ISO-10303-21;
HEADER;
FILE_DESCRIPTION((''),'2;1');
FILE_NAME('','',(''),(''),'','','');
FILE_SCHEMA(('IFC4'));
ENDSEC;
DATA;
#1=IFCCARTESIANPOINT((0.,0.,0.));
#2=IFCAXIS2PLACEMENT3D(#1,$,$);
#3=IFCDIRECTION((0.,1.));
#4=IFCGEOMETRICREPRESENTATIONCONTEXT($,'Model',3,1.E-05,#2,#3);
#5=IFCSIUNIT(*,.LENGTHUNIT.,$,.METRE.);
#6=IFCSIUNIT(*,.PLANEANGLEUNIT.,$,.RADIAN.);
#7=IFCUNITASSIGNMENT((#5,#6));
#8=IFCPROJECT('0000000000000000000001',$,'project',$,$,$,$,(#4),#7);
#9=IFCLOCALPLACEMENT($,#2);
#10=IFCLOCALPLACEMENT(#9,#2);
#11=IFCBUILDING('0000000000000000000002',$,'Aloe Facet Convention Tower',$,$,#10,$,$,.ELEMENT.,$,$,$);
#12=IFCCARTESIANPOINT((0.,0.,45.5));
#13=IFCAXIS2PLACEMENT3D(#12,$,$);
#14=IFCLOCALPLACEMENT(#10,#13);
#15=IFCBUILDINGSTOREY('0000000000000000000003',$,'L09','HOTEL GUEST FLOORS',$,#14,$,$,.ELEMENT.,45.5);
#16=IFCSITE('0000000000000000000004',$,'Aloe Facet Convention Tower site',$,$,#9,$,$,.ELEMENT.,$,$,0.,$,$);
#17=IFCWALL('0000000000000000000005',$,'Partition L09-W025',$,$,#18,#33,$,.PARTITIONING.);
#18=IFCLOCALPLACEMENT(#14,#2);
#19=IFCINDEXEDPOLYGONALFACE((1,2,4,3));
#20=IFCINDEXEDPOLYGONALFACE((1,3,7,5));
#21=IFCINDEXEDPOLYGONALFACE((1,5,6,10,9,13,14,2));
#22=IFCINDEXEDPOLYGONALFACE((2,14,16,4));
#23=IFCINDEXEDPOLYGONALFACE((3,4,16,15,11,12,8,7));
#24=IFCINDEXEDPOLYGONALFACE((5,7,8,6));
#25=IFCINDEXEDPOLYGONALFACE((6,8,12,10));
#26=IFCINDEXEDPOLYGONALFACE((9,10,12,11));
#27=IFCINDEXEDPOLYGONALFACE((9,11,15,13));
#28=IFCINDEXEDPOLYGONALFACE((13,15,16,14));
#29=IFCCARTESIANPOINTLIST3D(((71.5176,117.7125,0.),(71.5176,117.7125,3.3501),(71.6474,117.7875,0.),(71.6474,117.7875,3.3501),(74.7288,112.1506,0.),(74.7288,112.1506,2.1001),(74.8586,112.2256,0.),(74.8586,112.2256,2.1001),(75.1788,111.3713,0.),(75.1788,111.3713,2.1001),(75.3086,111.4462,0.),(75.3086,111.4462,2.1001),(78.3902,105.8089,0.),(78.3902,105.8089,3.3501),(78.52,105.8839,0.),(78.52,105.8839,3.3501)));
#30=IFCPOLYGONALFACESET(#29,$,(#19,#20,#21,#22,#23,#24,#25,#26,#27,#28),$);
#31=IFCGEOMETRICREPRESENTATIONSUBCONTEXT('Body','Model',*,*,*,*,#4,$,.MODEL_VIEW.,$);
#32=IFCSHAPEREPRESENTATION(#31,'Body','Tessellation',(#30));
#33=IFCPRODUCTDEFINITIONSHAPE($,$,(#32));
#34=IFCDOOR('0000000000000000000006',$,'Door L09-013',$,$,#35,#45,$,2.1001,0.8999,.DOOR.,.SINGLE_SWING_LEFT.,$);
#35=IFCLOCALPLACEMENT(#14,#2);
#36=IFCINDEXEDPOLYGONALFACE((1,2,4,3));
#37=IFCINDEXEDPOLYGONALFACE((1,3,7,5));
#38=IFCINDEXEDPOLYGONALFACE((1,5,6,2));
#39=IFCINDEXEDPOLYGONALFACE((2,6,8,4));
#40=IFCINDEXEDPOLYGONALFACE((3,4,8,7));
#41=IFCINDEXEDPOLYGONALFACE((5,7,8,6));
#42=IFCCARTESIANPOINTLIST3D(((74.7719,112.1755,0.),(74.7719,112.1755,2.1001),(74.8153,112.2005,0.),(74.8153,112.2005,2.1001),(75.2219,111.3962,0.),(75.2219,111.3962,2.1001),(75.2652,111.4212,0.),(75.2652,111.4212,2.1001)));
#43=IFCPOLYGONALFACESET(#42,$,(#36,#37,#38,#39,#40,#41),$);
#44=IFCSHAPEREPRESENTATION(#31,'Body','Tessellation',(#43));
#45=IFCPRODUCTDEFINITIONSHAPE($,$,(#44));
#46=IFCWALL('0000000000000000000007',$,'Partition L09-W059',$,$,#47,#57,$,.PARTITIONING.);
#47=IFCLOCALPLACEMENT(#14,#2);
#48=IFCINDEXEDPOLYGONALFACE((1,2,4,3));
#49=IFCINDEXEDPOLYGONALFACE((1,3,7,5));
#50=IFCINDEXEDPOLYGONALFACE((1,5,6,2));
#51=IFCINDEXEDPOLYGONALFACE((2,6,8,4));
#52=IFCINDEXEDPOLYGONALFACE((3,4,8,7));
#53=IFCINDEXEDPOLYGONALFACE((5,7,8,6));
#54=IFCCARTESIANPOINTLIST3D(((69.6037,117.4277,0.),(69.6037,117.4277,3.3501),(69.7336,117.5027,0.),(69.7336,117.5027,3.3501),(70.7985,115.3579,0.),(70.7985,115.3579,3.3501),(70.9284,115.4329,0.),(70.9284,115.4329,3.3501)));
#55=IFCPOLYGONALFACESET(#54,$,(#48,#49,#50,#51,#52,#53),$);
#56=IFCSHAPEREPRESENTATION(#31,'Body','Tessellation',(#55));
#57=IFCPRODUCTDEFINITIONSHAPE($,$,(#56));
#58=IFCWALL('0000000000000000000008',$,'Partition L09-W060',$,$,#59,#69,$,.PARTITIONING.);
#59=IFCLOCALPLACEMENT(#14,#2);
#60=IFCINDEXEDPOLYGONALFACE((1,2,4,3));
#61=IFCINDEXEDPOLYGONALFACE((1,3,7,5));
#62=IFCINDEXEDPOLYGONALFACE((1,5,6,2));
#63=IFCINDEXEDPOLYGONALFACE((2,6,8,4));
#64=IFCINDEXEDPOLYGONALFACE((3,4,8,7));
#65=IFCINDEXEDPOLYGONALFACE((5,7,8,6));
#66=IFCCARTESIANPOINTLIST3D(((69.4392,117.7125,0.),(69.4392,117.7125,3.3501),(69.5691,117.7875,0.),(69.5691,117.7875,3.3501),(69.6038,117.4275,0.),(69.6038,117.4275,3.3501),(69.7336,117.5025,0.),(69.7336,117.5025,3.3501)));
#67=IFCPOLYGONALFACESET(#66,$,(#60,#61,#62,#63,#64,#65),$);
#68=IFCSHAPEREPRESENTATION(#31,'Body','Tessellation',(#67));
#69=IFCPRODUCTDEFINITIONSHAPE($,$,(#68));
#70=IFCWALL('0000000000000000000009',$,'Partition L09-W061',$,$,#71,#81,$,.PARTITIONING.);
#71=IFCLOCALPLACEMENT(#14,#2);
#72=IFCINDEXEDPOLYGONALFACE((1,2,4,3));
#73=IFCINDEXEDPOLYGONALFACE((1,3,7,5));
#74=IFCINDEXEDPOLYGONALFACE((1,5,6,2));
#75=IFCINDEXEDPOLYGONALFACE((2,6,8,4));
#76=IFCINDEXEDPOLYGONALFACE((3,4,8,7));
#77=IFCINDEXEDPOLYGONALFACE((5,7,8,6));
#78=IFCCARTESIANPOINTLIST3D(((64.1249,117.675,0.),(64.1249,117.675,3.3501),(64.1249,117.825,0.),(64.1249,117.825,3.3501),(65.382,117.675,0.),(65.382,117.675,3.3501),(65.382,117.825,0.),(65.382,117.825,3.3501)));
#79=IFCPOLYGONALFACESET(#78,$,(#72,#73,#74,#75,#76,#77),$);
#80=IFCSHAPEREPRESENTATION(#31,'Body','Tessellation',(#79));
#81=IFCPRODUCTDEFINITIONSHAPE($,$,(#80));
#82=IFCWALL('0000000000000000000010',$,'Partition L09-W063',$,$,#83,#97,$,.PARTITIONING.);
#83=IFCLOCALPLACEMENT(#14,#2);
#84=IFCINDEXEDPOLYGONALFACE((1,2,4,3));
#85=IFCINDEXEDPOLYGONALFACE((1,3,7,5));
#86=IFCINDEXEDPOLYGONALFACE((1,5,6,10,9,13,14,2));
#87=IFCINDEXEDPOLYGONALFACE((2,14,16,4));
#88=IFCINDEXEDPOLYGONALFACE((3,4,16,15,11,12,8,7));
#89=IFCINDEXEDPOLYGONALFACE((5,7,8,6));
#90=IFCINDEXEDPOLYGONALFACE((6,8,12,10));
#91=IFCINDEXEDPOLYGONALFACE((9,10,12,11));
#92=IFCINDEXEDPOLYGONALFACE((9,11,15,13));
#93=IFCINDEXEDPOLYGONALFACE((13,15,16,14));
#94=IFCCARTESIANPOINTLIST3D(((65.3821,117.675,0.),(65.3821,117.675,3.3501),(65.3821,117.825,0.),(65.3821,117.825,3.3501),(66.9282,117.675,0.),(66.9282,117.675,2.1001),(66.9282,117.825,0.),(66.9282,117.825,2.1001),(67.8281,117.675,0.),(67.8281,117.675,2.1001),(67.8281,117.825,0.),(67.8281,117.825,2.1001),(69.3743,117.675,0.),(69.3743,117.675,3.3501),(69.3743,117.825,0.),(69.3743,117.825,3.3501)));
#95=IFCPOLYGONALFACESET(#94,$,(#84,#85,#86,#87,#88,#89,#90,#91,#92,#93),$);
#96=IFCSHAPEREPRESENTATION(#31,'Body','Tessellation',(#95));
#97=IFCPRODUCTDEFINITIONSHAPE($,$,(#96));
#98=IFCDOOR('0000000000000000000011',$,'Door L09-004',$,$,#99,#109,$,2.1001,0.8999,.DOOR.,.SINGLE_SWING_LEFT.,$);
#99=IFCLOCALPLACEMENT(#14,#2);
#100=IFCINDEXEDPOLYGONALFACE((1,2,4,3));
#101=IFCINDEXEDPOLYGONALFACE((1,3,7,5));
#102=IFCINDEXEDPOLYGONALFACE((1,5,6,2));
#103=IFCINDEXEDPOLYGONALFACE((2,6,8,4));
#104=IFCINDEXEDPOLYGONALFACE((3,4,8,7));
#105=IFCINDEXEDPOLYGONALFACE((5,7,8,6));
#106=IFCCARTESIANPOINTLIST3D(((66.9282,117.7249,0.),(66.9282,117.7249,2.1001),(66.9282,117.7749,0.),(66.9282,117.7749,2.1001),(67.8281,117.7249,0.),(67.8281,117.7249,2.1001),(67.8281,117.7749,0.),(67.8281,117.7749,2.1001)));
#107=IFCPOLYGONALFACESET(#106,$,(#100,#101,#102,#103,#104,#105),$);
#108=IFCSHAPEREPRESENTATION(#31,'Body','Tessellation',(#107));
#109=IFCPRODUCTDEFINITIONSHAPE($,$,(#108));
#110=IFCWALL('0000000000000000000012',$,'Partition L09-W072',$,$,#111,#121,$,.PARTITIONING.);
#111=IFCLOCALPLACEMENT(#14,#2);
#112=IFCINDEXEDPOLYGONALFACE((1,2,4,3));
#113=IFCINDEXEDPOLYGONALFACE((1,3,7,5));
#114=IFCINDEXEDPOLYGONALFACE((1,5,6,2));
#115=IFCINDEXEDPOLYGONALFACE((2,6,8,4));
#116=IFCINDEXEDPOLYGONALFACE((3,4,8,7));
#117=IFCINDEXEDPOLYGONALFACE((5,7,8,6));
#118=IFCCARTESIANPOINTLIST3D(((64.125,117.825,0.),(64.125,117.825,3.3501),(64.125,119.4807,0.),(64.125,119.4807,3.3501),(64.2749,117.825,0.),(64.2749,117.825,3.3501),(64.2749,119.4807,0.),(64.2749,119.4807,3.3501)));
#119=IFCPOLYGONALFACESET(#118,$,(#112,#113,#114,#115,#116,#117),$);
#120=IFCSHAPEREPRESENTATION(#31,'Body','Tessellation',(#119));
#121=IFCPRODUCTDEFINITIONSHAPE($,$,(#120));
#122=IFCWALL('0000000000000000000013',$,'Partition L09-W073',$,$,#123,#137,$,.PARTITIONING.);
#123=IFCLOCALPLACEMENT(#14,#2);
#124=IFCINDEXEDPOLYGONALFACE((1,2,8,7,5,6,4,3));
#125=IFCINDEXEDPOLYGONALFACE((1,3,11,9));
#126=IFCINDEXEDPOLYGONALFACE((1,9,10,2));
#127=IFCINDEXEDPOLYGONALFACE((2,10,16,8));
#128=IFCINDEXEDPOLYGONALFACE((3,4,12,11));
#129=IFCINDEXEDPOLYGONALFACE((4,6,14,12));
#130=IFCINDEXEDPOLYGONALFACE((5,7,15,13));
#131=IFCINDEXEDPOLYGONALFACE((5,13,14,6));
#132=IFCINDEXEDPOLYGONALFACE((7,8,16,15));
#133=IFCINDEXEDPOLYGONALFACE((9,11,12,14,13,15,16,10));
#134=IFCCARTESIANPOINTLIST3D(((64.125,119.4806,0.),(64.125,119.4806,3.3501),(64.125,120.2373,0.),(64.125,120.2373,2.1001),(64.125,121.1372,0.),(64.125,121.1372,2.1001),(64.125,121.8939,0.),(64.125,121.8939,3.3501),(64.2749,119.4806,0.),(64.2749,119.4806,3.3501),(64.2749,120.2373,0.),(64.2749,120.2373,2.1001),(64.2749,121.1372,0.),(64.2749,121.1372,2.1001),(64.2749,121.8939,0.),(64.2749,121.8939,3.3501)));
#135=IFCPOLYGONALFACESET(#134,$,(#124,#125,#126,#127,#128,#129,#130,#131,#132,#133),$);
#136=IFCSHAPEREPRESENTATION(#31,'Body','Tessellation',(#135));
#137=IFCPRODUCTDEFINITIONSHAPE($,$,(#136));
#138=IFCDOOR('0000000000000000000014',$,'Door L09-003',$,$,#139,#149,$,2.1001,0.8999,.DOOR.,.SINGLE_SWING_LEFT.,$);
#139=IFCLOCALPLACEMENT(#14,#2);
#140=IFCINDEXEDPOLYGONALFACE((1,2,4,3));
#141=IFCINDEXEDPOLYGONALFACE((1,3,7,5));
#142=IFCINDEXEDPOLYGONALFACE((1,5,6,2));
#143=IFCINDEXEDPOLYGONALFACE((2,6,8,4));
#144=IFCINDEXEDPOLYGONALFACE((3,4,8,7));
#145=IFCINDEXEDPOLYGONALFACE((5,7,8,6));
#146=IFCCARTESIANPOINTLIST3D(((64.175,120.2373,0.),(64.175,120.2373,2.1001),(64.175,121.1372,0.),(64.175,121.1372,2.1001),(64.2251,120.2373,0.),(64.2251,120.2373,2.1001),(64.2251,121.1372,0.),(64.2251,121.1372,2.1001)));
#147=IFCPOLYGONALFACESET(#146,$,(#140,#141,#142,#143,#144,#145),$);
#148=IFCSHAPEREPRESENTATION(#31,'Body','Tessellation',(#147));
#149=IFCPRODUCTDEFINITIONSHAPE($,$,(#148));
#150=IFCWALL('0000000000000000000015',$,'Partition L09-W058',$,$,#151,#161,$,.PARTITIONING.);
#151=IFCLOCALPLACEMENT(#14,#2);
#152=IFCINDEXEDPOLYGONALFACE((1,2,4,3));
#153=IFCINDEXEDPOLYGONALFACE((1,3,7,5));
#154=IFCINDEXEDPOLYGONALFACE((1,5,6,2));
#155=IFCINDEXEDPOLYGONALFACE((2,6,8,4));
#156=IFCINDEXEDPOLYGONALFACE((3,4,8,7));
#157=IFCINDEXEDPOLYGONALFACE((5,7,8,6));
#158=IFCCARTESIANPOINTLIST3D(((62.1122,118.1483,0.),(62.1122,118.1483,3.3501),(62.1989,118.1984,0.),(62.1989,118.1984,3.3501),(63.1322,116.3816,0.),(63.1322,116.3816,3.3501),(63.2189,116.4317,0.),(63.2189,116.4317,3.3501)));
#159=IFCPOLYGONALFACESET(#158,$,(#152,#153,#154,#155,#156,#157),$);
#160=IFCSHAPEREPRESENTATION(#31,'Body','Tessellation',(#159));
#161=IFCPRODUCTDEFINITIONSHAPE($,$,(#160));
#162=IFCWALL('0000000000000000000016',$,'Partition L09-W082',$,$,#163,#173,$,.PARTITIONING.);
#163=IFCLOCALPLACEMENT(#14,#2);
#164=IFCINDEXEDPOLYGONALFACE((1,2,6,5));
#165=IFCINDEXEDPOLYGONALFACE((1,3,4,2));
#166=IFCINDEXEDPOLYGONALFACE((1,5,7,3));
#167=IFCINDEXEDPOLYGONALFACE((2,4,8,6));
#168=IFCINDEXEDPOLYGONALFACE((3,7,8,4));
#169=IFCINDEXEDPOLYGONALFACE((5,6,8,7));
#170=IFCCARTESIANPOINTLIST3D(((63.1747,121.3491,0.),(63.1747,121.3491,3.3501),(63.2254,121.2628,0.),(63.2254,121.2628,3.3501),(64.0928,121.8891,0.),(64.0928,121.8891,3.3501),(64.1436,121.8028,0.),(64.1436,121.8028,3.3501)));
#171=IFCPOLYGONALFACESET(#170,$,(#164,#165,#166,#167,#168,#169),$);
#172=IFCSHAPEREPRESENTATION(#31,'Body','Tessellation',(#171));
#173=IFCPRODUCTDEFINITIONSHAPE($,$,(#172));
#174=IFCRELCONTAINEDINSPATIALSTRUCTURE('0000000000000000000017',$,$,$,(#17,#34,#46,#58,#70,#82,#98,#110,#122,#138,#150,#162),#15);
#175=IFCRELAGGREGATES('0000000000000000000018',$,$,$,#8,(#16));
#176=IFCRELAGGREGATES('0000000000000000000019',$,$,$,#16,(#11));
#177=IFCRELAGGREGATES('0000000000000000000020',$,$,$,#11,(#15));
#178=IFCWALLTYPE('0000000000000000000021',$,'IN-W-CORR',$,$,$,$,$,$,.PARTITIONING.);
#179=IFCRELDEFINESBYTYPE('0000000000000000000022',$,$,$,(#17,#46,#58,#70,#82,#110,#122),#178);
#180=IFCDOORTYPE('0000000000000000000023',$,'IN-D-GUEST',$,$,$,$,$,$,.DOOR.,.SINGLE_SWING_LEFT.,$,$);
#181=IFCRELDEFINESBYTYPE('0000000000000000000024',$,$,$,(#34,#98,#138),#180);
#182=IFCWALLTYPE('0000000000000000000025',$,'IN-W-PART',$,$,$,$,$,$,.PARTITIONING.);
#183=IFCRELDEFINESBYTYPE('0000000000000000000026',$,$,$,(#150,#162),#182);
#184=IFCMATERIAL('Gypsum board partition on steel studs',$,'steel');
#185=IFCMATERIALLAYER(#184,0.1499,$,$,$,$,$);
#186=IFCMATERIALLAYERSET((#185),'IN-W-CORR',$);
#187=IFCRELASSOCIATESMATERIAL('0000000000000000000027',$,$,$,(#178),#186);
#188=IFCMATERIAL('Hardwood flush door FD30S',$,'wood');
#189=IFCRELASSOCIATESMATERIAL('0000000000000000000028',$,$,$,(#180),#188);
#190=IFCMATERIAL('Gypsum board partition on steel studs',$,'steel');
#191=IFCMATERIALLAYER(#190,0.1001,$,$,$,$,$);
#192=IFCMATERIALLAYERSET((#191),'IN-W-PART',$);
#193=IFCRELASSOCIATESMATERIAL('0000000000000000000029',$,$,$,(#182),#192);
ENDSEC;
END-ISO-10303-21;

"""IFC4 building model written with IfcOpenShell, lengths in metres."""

from ifc_helpers import new_model, si_unit, direction, frame, frame_2d, origin, place, context, subcontext, project, spatial, rectangle, extrude, material, layer, layer_set, type_object, element, fill, save


model = new_model("IFC4")

# Units and contexts
model_context = context("Model", 3, precision=1e-05, world=origin(), true_north=direction((0.0, 1.0)))
body_context = subcontext(model_context, "Body", "Model", "MODEL_VIEW")
ifc_project = project(units=[si_unit("LENGTHUNIT", "METRE"), si_unit("PLANEANGLEUNIT", "RADIAN")], contexts=[model_context])

# Site, building, storey
site_placement = place(None, origin())
site = spatial("IfcSite", under=ifc_project, at=site_placement, Name="Aloe Facet Convention Tower site", CompositionType="ELEMENT", RefElevation=0.0)
building_placement = place(site_placement, origin())
building = spatial("IfcBuilding", under=site, at=building_placement, Name="Aloe Facet Convention Tower", CompositionType="ELEMENT")
storey_placement = place(building_placement, frame((0.0, 0.0, 45.5)))
storey = spatial("IfcBuildingStorey", under=building, at=storey_placement, Name="L09", Description="HOTEL GUEST FLOORS", CompositionType="ELEMENT", Elevation=45.5)

# Wall, opening, door
ifc_material_1 = material(Name="Gypsum board partition on steel studs", Category="steel")
ifc_layer_1 = layer(ifc_material_1, 0.1499)
ifc_layer_set_1 = layer_set([ifc_layer_1], Name="IN-W-CORR")
wall_type_1 = type_object("IfcWallType", Name="IN-W-CORR", PredefinedType="PARTITIONING", material=ifc_layer_set_1)
wall_1_placement = place(storey_placement, frame((71.5825, 117.75, 0.0), z_axis=(0.0, 0.0, 1.0), x_axis=(0.500002, -0.866024, 0.0)))
wall_1 = element("IfcWall", 1, at=wall_1_placement, inside=storey, type_object=wall_type_1, Name="Partition L09-W025", PredefinedType="PARTITIONING", context=body_context, shape_type="SweptSolid", body=[
    extrude(rectangle(XDim=13.7451, YDim=0.1499, at=frame_2d((6.8726, 0.0))), origin(), (0.0, 0.0, 1.0), 3.3501),
])
opening_1_placement = place(wall_1_placement, frame((6.4224, 0.0, 0.0)))
opening_1 = element("IfcOpeningElement", 2, at=opening_1_placement, cuts=wall_1, PredefinedType="OPENING", context=body_context, shape_type="SweptSolid", body=[
    extrude(rectangle(XDim=0.8999, YDim=2.1001, at=frame_2d((0.45, 1.05))), frame((0.0, 0.085, 0.0), z_axis=(0.0, -1.0, 0.0), x_axis=(1.0, 0.0, 0.0)), (0.0, 0.0, 1.0), 0.1699),
])
ifc_material_2 = material(Name="Hardwood flush door FD30S", Category="wood")
door_type_1 = type_object("IfcDoorType", Name="IN-D-GUEST", OperationType="SINGLE_SWING_LEFT", PredefinedType="DOOR", material=ifc_material_2)
door_1_placement = place(opening_1_placement, origin())
door_1 = element("IfcDoor", 3, at=door_1_placement, inside=storey, type_object=door_type_1, Name="Door L09-013", OperationType="SINGLE_SWING_LEFT", OverallHeight=2.1001, OverallWidth=0.8999, PredefinedType="DOOR", context=body_context, shape_type="SweptSolid", body=[
    extrude(rectangle(XDim=0.8999, YDim=2.1001, at=frame_2d((0.45, 1.05))), frame((0.0, 0.0249, 0.0), z_axis=(0.0, -1.0, 0.0), x_axis=(1.0, 0.0, 0.0)), (0.0, 0.0, 1.0), 0.05),
])
fill(opening_1, door_1)

# Walls
wall_2_placement = place(storey_placement, frame((69.6687, 117.4651, 0.0), z_axis=(0.0, 0.0, 1.0), x_axis=(0.499941, -0.86606, 0.0)))
element("IfcWall", 4, at=wall_2_placement, inside=storey, type_object=wall_type_1, Name="Partition L09-W059", PredefinedType="PARTITIONING", context=body_context, shape_type="SweptSolid", body=[
    extrude(rectangle(XDim=2.3899, YDim=0.1499, at=frame_2d((1.1948, 0.0))), origin(), (0.0, 0.0, 1.0), 3.3501),
])
wall_3_placement = place(storey_placement, frame((69.5042, 117.75, 0.0), z_axis=(0.0, 0.0, 1.0), x_axis=(0.500129, -0.865951, 0.0)))
element("IfcWall", 5, at=wall_3_placement, inside=storey, type_object=wall_type_1, Name="Partition L09-W060", PredefinedType="PARTITIONING", context=body_context, shape_type="SweptSolid", body=[
    extrude(rectangle(XDim=0.3291, YDim=0.1499, at=frame_2d((0.1646, 0.0))), origin(), (0.0, 0.0, 1.0), 3.3501),
])
wall_4_placement = place(storey_placement, frame((64.125, 117.75, 0.0), z_axis=(0.0, 0.0, 1.0), x_axis=(1.0, 0.0, 0.0)))
element("IfcWall", 6, at=wall_4_placement, inside=storey, type_object=wall_type_1, Name="Partition L09-W061", PredefinedType="PARTITIONING", context=body_context, shape_type="SweptSolid", body=[
    extrude(rectangle(XDim=1.2571, YDim=0.1499, at=frame_2d((0.6284, 0.0))), origin(), (0.0, 0.0, 1.0), 3.3501),
])

# Wall, opening, door
wall_5_placement = place(storey_placement, frame((65.3821, 117.75, 0.0), z_axis=(0.0, 0.0, 1.0), x_axis=(1.0, 0.0, 0.0)))
wall_5 = element("IfcWall", 7, at=wall_5_placement, inside=storey, type_object=wall_type_1, Name="Partition L09-W063", PredefinedType="PARTITIONING", context=body_context, shape_type="SweptSolid", body=[
    extrude(rectangle(XDim=3.9922, YDim=0.1499, at=frame_2d((1.9961, 0.0))), origin(), (0.0, 0.0, 1.0), 3.3501),
])
opening_2_placement = place(wall_5_placement, frame((1.5461, 0.0, 0.0)))
opening_2 = element("IfcOpeningElement", 8, at=opening_2_placement, cuts=wall_5, PredefinedType="OPENING", context=body_context, shape_type="SweptSolid", body=[
    extrude(rectangle(XDim=0.8999, YDim=2.1001, at=frame_2d((0.45, 1.05))), frame((0.0, 0.085, 0.0), z_axis=(0.0, -1.0, 0.0), x_axis=(1.0, 0.0, 0.0)), (0.0, 0.0, 1.0), 0.1699),
])
door_2_placement = place(opening_2_placement, origin())
door_2 = element("IfcDoor", 9, at=door_2_placement, inside=storey, type_object=door_type_1, Name="Door L09-004", OperationType="SINGLE_SWING_LEFT", OverallHeight=2.1001, OverallWidth=0.8999, PredefinedType="DOOR", context=body_context, shape_type="SweptSolid", body=[
    extrude(rectangle(XDim=0.8999, YDim=2.1001, at=frame_2d((0.45, 1.05))), frame((0.0, 0.0249, 0.0), z_axis=(0.0, -1.0, 0.0), x_axis=(1.0, 0.0, 0.0)), (0.0, 0.0, 1.0), 0.05),
])
fill(opening_2, door_2)

# Wall
wall_6_placement = place(storey_placement, frame((64.2, 117.825, 0.0), z_axis=(0.0, 0.0, 1.0), x_axis=(0.0, 1.0, 0.0)))
element("IfcWall", 10, at=wall_6_placement, inside=storey, type_object=wall_type_1, Name="Partition L09-W072", PredefinedType="PARTITIONING", context=body_context, shape_type="SweptSolid", body=[
    extrude(rectangle(XDim=1.6558, YDim=0.1499, at=frame_2d((0.8279, 0.0))), origin(), (0.0, 0.0, 1.0), 3.3501),
])

# Wall, opening, door
wall_7_placement = place(storey_placement, frame((64.2, 119.4807, 0.0), z_axis=(0.0, 0.0, 1.0), x_axis=(0.0, 1.0, 0.0)))
wall_7 = element("IfcWall", 11, at=wall_7_placement, inside=storey, type_object=wall_type_1, Name="Partition L09-W073", PredefinedType="PARTITIONING", context=body_context, shape_type="SweptSolid", body=[
    extrude(rectangle(XDim=2.4133, YDim=0.1499, at=frame_2d((1.2065, 0.0))), origin(), (0.0, 0.0, 1.0), 3.3501),
])
opening_3_placement = place(wall_7_placement, frame((0.7566, 0.0, 0.0)))
opening_3 = element("IfcOpeningElement", 12, at=opening_3_placement, cuts=wall_7, PredefinedType="OPENING", context=body_context, shape_type="SweptSolid", body=[
    extrude(rectangle(XDim=0.8999, YDim=2.1001, at=frame_2d((0.45, 1.05))), frame((0.0, 0.085, 0.0), z_axis=(0.0, -1.0, 0.0), x_axis=(1.0, 0.0, 0.0)), (0.0, 0.0, 1.0), 0.1699),
])
door_3_placement = place(opening_3_placement, origin())
door_3 = element("IfcDoor", 13, at=door_3_placement, inside=storey, type_object=door_type_1, Name="Door L09-003", OperationType="SINGLE_SWING_LEFT", OverallHeight=2.1001, OverallWidth=0.8999, PredefinedType="DOOR", context=body_context, shape_type="SweptSolid", body=[
    extrude(rectangle(XDim=0.8999, YDim=2.1001, at=frame_2d((0.45, 1.05))), frame((0.0, 0.0249, 0.0), z_axis=(0.0, -1.0, 0.0), x_axis=(1.0, 0.0, 0.0)), (0.0, 0.0, 1.0), 0.05),
])
fill(opening_3, door_3)

# Walls
ifc_material_3 = material(Name="Gypsum board partition on steel studs", Category="steel")
ifc_layer_2 = layer(ifc_material_3, 0.1001)
ifc_layer_set_2 = layer_set([ifc_layer_2], Name="IN-W-PART")
wall_type_2 = type_object("IfcWallType", Name="IN-W-PART", PredefinedType="PARTITIONING", material=ifc_layer_set_2)
wall_8_placement = place(storey_placement, frame((62.1555, 118.1733, 0.0), z_axis=(0.0, 0.0, 1.0), x_axis=(0.500026, -0.86601, 0.0)))
element("IfcWall", 14, at=wall_8_placement, inside=storey, type_object=wall_type_2, Name="Partition L09-W058", PredefinedType="PARTITIONING", context=body_context, shape_type="SweptSolid", body=[
    extrude(rectangle(XDim=2.04, YDim=0.1001, at=frame_2d((1.02, 0.0))), origin(), (0.0, 0.0, 1.0), 3.3501),
])
wall_9_placement = place(storey_placement, frame((63.2, 121.3059, 0.0), z_axis=(0.0, 0.0, 1.0), x_axis=(0.86197, 0.50696, 0.0)))
element("IfcWall", 15, at=wall_9_placement, inside=storey, type_object=wall_type_2, Name="Partition L09-W082", PredefinedType="PARTITIONING", context=body_context, shape_type="SweptSolid", body=[
    extrude(rectangle(XDim=1.0652, YDim=0.1001, at=frame_2d((0.5327, 0.0))), origin(), (0.0, 0.0, 1.0), 3.3501),
])

save(model, "model.ifc")
